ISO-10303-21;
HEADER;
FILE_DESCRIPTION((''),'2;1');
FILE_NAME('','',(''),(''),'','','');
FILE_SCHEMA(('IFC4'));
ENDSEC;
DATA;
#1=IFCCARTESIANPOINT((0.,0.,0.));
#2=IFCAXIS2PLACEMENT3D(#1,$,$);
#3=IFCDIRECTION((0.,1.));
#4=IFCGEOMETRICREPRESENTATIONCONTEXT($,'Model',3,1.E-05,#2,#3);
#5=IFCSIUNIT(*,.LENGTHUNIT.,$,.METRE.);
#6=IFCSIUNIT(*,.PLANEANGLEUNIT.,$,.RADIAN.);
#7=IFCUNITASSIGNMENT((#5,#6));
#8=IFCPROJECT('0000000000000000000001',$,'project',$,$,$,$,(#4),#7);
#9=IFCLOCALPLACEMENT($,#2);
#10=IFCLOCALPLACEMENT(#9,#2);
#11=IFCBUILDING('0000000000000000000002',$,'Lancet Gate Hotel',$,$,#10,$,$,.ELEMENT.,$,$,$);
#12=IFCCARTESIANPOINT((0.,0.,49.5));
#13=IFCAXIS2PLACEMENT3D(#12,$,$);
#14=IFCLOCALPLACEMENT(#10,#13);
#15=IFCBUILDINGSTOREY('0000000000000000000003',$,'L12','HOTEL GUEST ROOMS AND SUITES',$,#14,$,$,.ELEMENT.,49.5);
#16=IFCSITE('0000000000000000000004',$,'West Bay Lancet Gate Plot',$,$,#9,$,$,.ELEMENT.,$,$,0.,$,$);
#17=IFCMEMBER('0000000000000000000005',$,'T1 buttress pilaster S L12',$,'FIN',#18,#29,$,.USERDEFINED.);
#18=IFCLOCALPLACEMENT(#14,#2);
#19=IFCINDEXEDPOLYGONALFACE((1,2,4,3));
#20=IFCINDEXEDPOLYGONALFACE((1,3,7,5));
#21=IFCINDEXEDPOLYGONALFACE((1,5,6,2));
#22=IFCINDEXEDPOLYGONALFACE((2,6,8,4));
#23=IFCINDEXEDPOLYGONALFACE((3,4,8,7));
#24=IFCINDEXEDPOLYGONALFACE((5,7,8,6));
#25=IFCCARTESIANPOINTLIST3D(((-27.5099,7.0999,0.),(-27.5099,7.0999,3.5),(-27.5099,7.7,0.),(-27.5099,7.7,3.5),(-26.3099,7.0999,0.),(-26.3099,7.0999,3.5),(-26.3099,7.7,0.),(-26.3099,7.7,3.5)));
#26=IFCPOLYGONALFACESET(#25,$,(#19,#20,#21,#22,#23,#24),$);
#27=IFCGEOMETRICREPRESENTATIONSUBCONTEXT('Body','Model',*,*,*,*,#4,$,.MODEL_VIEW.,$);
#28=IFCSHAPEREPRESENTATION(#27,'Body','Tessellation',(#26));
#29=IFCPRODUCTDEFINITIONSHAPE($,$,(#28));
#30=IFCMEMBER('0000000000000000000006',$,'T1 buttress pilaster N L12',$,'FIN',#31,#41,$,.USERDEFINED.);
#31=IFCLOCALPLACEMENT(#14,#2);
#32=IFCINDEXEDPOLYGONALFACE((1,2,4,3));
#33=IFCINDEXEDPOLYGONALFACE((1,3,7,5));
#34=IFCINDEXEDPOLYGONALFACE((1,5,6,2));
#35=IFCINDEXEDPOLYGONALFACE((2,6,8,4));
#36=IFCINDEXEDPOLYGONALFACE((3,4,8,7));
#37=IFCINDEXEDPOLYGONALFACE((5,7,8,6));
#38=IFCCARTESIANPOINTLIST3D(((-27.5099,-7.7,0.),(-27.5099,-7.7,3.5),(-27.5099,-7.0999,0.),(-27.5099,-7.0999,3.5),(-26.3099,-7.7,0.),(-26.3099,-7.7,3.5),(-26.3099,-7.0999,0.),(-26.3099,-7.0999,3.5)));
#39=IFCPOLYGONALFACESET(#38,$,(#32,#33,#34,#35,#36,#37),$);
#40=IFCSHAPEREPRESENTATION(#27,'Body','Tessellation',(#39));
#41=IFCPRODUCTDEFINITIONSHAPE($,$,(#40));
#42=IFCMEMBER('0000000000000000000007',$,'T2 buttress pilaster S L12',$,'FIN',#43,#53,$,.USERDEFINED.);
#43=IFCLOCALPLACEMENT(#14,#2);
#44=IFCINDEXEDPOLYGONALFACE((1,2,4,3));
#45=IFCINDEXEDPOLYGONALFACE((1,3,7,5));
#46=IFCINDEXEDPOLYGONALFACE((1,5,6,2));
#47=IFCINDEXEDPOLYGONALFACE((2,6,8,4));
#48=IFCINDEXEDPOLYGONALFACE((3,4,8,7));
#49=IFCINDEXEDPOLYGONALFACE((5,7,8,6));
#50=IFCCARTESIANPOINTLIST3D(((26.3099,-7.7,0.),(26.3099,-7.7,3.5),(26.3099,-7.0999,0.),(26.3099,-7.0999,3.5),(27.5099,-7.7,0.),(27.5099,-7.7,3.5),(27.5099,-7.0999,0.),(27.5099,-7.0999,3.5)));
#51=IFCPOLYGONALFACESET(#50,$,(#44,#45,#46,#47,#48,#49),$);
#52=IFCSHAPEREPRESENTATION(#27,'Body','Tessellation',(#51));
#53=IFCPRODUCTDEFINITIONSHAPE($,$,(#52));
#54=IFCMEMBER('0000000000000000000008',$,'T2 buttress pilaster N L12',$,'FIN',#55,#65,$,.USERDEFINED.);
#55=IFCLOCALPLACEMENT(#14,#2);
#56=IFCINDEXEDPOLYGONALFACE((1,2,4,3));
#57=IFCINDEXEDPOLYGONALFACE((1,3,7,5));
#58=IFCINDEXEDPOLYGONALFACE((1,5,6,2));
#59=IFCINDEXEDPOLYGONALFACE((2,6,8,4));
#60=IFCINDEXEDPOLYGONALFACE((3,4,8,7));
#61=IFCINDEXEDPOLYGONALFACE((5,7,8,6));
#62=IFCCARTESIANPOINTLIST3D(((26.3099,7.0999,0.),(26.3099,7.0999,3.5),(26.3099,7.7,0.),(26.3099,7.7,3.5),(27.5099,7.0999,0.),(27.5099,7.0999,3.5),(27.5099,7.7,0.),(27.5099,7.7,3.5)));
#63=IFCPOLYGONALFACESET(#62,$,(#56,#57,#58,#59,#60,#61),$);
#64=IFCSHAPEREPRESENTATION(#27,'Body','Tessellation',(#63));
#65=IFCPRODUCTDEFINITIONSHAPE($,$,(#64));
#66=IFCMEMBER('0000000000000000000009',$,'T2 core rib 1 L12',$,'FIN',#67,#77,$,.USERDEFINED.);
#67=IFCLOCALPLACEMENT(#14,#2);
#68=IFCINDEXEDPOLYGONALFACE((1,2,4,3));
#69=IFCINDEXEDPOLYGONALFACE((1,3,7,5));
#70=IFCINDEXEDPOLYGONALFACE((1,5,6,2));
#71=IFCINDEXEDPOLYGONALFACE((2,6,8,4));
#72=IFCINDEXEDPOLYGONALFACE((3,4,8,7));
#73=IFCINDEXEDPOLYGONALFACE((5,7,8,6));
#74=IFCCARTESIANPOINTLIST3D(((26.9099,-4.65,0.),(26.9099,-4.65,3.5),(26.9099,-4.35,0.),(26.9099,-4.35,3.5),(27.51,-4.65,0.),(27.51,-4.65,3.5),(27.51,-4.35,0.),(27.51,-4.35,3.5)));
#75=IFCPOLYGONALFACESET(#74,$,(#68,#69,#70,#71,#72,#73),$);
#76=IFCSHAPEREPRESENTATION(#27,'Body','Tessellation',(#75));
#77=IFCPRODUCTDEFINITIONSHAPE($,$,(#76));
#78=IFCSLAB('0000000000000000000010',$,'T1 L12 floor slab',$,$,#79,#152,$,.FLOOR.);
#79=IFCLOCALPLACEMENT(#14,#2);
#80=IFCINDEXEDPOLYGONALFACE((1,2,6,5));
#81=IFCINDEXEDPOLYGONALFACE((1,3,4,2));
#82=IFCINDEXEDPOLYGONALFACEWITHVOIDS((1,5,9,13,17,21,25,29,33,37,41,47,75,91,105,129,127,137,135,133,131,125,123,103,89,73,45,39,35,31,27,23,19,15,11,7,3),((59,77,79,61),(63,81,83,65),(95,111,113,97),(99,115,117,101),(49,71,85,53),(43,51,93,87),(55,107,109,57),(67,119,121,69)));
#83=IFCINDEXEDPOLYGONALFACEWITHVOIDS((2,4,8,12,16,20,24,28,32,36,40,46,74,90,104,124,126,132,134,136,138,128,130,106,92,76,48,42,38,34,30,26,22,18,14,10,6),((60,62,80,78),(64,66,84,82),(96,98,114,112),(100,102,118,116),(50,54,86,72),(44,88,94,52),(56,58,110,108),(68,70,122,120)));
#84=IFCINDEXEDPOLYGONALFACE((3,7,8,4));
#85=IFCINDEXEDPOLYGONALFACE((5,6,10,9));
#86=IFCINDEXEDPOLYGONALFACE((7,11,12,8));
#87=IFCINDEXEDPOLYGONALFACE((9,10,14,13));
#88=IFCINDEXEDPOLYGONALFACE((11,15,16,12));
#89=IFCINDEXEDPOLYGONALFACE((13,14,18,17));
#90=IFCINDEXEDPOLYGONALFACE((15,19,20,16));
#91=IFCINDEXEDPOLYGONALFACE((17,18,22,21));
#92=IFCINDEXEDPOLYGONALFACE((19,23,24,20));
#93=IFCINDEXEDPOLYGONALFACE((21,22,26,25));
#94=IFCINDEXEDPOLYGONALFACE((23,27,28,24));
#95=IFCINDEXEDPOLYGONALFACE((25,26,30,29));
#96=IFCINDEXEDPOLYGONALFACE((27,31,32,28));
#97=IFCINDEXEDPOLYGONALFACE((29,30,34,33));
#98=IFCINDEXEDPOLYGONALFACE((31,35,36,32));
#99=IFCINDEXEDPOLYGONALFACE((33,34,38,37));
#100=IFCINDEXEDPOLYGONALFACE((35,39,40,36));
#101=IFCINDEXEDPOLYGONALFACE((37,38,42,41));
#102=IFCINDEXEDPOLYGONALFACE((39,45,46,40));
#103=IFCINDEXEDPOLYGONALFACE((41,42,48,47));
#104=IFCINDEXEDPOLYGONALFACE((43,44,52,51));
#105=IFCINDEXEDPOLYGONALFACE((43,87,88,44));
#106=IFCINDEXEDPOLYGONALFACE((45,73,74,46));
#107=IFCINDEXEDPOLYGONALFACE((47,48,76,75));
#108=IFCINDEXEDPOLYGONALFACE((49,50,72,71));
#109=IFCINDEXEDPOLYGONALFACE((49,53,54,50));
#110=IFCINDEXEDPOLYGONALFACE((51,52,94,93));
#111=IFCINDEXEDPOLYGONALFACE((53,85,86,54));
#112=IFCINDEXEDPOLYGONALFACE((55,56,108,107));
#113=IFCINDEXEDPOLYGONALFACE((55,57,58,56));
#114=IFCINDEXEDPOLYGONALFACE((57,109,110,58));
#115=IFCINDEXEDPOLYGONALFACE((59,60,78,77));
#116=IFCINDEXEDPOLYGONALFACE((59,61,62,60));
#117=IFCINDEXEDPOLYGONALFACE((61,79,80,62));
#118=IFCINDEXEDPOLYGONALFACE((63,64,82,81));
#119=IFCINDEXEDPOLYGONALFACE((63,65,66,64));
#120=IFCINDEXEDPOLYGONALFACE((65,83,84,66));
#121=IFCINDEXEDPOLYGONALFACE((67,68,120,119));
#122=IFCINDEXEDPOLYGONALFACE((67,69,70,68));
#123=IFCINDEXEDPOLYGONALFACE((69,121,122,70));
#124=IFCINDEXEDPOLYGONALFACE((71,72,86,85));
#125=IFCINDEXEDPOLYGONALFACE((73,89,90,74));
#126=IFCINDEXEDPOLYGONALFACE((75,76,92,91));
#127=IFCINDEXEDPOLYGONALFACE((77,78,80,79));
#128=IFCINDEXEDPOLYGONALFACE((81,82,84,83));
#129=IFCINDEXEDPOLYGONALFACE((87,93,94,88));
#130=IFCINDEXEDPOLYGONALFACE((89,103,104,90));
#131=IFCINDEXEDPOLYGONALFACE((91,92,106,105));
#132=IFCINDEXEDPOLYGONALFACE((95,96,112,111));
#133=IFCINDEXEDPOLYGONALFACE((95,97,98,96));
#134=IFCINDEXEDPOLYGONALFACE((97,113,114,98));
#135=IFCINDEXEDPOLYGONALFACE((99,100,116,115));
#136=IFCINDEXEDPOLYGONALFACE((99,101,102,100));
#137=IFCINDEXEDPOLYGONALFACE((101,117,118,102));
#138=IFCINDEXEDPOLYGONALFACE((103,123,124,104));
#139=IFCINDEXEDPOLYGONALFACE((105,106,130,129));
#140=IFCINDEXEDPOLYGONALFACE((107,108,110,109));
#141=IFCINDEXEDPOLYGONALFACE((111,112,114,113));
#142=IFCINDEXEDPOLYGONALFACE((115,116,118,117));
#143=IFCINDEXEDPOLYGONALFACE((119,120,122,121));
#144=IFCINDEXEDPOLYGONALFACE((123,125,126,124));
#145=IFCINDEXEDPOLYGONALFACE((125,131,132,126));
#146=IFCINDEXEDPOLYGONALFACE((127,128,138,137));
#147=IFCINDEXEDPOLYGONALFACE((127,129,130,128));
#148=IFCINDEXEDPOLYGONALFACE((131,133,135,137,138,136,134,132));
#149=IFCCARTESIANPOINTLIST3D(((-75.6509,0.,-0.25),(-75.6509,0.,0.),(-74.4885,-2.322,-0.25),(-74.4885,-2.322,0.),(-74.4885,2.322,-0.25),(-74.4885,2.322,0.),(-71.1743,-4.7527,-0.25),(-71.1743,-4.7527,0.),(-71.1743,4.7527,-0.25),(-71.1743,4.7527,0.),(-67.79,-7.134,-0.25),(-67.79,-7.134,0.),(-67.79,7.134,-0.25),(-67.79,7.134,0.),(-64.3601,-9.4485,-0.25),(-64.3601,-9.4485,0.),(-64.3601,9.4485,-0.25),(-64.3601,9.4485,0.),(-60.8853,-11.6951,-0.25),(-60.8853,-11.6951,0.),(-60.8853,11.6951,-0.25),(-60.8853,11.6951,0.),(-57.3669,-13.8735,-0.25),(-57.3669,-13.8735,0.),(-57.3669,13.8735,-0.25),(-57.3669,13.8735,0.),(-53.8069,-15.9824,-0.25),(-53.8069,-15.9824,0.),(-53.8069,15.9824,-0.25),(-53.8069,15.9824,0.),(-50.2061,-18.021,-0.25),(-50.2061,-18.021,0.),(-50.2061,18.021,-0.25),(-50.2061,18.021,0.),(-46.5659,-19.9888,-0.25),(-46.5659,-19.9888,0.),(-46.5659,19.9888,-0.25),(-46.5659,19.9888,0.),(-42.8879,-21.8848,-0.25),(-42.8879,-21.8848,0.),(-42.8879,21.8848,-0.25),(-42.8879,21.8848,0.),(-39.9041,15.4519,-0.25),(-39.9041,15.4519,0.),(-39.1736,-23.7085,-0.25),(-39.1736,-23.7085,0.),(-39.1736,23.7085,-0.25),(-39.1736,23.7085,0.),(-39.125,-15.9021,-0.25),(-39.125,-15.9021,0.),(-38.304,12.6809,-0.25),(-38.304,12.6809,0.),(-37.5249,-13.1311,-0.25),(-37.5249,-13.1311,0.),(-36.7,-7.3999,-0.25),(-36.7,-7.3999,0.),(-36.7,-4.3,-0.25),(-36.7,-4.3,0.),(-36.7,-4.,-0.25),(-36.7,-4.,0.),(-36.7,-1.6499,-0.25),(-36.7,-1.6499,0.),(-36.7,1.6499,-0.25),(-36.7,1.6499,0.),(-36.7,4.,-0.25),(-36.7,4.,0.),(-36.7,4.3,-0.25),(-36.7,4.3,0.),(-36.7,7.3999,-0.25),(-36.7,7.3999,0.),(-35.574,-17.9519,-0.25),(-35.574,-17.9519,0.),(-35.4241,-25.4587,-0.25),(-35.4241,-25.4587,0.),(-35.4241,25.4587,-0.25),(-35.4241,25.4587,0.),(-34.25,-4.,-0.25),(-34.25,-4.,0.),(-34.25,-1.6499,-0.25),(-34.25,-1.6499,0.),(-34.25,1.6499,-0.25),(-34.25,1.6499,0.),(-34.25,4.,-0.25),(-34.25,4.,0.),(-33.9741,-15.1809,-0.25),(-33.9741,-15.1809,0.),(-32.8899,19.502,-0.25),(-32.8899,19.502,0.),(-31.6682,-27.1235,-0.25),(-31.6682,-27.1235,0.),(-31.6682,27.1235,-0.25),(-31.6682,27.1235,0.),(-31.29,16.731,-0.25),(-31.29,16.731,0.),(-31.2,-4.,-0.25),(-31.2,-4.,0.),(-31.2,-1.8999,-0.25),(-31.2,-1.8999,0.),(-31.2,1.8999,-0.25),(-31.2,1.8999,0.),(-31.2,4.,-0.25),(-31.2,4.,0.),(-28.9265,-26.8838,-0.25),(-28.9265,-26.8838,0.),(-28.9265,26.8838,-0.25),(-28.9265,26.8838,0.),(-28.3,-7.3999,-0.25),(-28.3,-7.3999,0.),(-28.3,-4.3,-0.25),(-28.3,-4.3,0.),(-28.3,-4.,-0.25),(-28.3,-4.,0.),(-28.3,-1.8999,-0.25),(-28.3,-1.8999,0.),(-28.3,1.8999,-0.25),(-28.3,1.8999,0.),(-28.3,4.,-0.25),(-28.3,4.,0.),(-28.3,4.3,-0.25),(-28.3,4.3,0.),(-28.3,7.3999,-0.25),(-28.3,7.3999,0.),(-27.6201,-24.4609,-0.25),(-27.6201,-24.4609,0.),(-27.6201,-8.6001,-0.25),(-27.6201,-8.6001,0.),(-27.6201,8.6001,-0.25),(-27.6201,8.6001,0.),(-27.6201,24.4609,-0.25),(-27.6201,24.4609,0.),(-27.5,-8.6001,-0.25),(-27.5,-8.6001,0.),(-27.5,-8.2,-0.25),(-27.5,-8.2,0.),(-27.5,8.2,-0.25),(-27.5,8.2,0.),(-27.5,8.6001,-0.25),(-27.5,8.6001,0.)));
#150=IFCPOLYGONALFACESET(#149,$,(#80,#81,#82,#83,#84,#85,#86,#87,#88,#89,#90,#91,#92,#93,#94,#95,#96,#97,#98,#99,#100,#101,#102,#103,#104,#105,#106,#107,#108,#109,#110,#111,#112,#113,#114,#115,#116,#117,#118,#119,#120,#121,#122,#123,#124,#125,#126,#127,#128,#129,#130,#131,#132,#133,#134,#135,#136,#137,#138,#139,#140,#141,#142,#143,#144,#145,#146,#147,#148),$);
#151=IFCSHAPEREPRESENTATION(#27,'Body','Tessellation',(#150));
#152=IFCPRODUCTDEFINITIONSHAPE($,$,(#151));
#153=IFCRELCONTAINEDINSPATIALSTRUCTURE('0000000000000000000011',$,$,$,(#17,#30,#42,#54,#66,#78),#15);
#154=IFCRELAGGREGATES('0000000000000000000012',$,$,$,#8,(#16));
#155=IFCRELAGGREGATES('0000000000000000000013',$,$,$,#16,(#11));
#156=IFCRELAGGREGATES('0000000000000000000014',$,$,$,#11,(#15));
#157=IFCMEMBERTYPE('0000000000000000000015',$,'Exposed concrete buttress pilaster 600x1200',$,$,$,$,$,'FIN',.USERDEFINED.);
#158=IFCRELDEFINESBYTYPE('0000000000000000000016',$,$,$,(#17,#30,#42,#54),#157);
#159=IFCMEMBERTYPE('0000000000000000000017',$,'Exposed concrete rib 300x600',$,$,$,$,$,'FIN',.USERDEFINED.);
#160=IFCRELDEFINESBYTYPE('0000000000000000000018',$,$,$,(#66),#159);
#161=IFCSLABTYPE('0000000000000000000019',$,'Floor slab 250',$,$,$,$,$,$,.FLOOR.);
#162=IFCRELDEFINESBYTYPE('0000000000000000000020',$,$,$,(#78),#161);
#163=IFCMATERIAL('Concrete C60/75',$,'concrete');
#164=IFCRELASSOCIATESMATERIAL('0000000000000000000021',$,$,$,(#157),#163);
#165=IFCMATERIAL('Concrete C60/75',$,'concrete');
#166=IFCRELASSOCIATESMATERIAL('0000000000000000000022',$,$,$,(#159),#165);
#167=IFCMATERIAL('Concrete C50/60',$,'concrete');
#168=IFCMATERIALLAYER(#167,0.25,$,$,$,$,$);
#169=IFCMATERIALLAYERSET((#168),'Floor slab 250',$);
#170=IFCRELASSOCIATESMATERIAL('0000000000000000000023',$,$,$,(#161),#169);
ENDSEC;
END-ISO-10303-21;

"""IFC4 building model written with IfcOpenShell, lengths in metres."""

from ifc_helpers import new_model, si_unit, direction, frame, origin, origin_2d, place, context, subcontext, project, spatial, polyline, rectangle, outline, extrude, material, layer, layer_set, material_profile, profile_set, type_object, element, save


model = new_model("IFC4")

# Units and contexts
model_context = context("Model", 3, precision=1e-05, world=origin(), true_north=direction((0.0, 1.0)))
body_context = subcontext(model_context, "Body", "Model", "MODEL_VIEW")
ifc_project = project(units=[si_unit("LENGTHUNIT", "METRE"), si_unit("PLANEANGLEUNIT", "RADIAN")], contexts=[model_context])

# Site, building, storey
site_placement = place(None, origin())
site = spatial("IfcSite", under=ifc_project, at=site_placement, Name="West Bay Lancet Gate Plot", CompositionType="ELEMENT", RefElevation=0.0)
building_placement = place(site_placement, origin())
building = spatial("IfcBuilding", under=site, at=building_placement, Name="Lancet Gate Hotel", CompositionType="ELEMENT")
storey_placement = place(building_placement, frame((0.0, 0.0, 49.5)))
storey = spatial("IfcBuildingStorey", under=building, at=storey_placement, Name="L12", Description="HOTEL GUEST ROOMS AND SUITES", CompositionType="ELEMENT", Elevation=49.5)

# Members
ifc_material_1 = material(Name="Concrete C60/75", Category="concrete")
ifc_material_profile_1 = material_profile(ifc_material_1, rectangle(XDim=0.6001, YDim=1.2, at=origin_2d()), Name="FIN 600x1200")
ifc_profile_set_1 = profile_set([ifc_material_profile_1], Name="Concrete C60/75")
member_type_1 = type_object("IfcMemberType", Name="Exposed concrete buttress pilaster 600x1200", ElementType="FIN", PredefinedType="USERDEFINED", material=ifc_profile_set_1)
for number, where, z_axis, x_axis, name in (
    (1, (-26.9099, 7.3999, 0.0), (0.0, 0.0, 1.0), (0.0, 1.0, 0.0), "T1 buttress pilaster S L12"),
    (2, (-26.9099, -7.3999, 0.0), (0.0, 0.0, 1.0), (0.0, 1.0, 0.0), "T1 buttress pilaster N L12"),
    (3, (26.9099, -7.3999, 0.0), (0.0, 0.0, 1.0), (0.0, 1.0, 0.0), "T2 buttress pilaster S L12"),
    (4, (26.9099, 7.3999, 0.0), (0.0, 0.0, 1.0), (0.0, 1.0, 0.0), "T2 buttress pilaster N L12"),
):
    element("IfcMember", number, at=place(storey_placement, frame(where, z_axis=z_axis, x_axis=x_axis)), inside=storey, type_object=member_type_1, Name=name, ObjectType="FIN", PredefinedType="USERDEFINED", context=body_context, shape_type="SweptSolid", body=[
        extrude(rectangle(XDim=0.6001, YDim=1.2, at=origin_2d()), origin(), (0.0, 0.0, 1.0), 3.5),
    ])
ifc_material_2 = material(Name="Concrete C60/75", Category="concrete")
ifc_material_profile_2 = material_profile(ifc_material_2, rectangle(XDim=0.3, YDim=0.6001, at=origin_2d()), Name="FIN 300x600")
ifc_profile_set_2 = profile_set([ifc_material_profile_2], Name="Concrete C60/75")
member_type_2 = type_object("IfcMemberType", Name="Exposed concrete rib 300x600", ElementType="FIN", PredefinedType="USERDEFINED", material=ifc_profile_set_2)
member_placement = place(storey_placement, frame((27.21, -4.5, 0.0), z_axis=(0.0, 0.0, 1.0), x_axis=(0.0, 1.0, 0.0)))
element("IfcMember", 5, at=member_placement, inside=storey, type_object=member_type_2, Name="T2 core rib 1 L12", ObjectType="FIN", PredefinedType="USERDEFINED", context=body_context, shape_type="SweptSolid", body=[
    extrude(rectangle(XDim=0.3, YDim=0.6001, at=origin_2d()), origin(), (0.0, 0.0, 1.0), 3.5),
])

# Slab
ifc_material_3 = material(Name="Concrete C50/60", Category="concrete")
ifc_layer_1 = layer(ifc_material_3, 0.25)
ifc_layer_set_1 = layer_set([ifc_layer_1], Name="Floor slab 250")
slab_type_1 = type_object("IfcSlabType", Name="Floor slab 250", PredefinedType="FLOOR", material=ifc_layer_set_1)
slab_1_placement = place(storey_placement, frame((0.0, 0.0, -0.25)))
element("IfcSlab", 6, at=slab_1_placement, inside=storey, type_object=slab_type_1, Name="T1 L12 floor slab", PredefinedType="FLOOR", context=body_context, shape_type="SweptSolid", body=[
    extrude(outline(polyline([(-27.5, 8.6001), (-27.6201, 8.6001), (-27.6201, 24.4609), (-28.9265, 26.8838), (-31.6682, 27.1235), (-35.4241, 25.4587), (-39.1736, 23.7085), (-42.8879, 21.8848), (-46.5659, 19.9888), (-50.2061, 18.021), (-53.8069, 15.9824), (-57.3669, 13.8735), (-60.8853, 11.6951), (-64.3601, 9.4485), (-67.79, 7.134), (-71.1743, 4.7527), (-74.4885, 2.322), (-75.6509, 0.0), (-74.4885, -2.322), (-71.1743, -4.7527), (-67.79, -7.134), (-64.3601, -9.4485), (-60.8853, -11.6951), (-57.3669, -13.8735), (-53.8069, -15.9824), (-50.2061, -18.021), (-46.5659, -19.9888), (-42.8879, -21.8848), (-39.1736, -23.7085), (-35.4241, -25.4587), (-31.6682, -27.1235), (-28.9265, -26.8838), (-27.6201, -24.4609), (-27.6201, -8.6001), (-27.5, -8.6001), (-27.5, -8.2), (-27.5, 8.2), (-27.5, 8.6001)]), holes=[polyline([(-36.7, 7.3999), (-36.7, 4.3), (-28.3, 4.3), (-28.3, 7.3999), (-36.7, 7.3999)]), polyline([(-28.3, 4.0), (-31.2, 4.0), (-31.2, 1.8999), (-28.3, 1.8999), (-28.3, 4.0)]), polyline([(-34.25, 4.0), (-36.7, 4.0), (-36.7, 1.6499), (-34.25, 1.6499), (-34.25, 4.0)]), polyline([(-36.7, -1.6499), (-36.7, -4.0), (-34.25, -4.0), (-34.25, -1.6499), (-36.7, -1.6499)]), polyline([(-28.3, -1.8999), (-31.2, -1.8999), (-31.2, -4.0), (-28.3, -4.0), (-28.3, -1.8999)]), polyline([(-28.3, -4.3), (-36.7, -4.3), (-36.7, -7.3999), (-28.3, -7.3999), (-28.3, -4.3)]), polyline([(-31.29, 16.731), (-32.8899, 19.502), (-39.9041, 15.4519), (-38.304, 12.6809), (-31.29, 16.731)]), polyline([(-33.9741, -15.1809), (-37.5249, -13.1311), (-39.125, -15.9021), (-35.574, -17.9519), (-33.9741, -15.1809)])]), origin(), (0.0, 0.0, 1.0), 0.25),
])

save(model, "model.ifc")
